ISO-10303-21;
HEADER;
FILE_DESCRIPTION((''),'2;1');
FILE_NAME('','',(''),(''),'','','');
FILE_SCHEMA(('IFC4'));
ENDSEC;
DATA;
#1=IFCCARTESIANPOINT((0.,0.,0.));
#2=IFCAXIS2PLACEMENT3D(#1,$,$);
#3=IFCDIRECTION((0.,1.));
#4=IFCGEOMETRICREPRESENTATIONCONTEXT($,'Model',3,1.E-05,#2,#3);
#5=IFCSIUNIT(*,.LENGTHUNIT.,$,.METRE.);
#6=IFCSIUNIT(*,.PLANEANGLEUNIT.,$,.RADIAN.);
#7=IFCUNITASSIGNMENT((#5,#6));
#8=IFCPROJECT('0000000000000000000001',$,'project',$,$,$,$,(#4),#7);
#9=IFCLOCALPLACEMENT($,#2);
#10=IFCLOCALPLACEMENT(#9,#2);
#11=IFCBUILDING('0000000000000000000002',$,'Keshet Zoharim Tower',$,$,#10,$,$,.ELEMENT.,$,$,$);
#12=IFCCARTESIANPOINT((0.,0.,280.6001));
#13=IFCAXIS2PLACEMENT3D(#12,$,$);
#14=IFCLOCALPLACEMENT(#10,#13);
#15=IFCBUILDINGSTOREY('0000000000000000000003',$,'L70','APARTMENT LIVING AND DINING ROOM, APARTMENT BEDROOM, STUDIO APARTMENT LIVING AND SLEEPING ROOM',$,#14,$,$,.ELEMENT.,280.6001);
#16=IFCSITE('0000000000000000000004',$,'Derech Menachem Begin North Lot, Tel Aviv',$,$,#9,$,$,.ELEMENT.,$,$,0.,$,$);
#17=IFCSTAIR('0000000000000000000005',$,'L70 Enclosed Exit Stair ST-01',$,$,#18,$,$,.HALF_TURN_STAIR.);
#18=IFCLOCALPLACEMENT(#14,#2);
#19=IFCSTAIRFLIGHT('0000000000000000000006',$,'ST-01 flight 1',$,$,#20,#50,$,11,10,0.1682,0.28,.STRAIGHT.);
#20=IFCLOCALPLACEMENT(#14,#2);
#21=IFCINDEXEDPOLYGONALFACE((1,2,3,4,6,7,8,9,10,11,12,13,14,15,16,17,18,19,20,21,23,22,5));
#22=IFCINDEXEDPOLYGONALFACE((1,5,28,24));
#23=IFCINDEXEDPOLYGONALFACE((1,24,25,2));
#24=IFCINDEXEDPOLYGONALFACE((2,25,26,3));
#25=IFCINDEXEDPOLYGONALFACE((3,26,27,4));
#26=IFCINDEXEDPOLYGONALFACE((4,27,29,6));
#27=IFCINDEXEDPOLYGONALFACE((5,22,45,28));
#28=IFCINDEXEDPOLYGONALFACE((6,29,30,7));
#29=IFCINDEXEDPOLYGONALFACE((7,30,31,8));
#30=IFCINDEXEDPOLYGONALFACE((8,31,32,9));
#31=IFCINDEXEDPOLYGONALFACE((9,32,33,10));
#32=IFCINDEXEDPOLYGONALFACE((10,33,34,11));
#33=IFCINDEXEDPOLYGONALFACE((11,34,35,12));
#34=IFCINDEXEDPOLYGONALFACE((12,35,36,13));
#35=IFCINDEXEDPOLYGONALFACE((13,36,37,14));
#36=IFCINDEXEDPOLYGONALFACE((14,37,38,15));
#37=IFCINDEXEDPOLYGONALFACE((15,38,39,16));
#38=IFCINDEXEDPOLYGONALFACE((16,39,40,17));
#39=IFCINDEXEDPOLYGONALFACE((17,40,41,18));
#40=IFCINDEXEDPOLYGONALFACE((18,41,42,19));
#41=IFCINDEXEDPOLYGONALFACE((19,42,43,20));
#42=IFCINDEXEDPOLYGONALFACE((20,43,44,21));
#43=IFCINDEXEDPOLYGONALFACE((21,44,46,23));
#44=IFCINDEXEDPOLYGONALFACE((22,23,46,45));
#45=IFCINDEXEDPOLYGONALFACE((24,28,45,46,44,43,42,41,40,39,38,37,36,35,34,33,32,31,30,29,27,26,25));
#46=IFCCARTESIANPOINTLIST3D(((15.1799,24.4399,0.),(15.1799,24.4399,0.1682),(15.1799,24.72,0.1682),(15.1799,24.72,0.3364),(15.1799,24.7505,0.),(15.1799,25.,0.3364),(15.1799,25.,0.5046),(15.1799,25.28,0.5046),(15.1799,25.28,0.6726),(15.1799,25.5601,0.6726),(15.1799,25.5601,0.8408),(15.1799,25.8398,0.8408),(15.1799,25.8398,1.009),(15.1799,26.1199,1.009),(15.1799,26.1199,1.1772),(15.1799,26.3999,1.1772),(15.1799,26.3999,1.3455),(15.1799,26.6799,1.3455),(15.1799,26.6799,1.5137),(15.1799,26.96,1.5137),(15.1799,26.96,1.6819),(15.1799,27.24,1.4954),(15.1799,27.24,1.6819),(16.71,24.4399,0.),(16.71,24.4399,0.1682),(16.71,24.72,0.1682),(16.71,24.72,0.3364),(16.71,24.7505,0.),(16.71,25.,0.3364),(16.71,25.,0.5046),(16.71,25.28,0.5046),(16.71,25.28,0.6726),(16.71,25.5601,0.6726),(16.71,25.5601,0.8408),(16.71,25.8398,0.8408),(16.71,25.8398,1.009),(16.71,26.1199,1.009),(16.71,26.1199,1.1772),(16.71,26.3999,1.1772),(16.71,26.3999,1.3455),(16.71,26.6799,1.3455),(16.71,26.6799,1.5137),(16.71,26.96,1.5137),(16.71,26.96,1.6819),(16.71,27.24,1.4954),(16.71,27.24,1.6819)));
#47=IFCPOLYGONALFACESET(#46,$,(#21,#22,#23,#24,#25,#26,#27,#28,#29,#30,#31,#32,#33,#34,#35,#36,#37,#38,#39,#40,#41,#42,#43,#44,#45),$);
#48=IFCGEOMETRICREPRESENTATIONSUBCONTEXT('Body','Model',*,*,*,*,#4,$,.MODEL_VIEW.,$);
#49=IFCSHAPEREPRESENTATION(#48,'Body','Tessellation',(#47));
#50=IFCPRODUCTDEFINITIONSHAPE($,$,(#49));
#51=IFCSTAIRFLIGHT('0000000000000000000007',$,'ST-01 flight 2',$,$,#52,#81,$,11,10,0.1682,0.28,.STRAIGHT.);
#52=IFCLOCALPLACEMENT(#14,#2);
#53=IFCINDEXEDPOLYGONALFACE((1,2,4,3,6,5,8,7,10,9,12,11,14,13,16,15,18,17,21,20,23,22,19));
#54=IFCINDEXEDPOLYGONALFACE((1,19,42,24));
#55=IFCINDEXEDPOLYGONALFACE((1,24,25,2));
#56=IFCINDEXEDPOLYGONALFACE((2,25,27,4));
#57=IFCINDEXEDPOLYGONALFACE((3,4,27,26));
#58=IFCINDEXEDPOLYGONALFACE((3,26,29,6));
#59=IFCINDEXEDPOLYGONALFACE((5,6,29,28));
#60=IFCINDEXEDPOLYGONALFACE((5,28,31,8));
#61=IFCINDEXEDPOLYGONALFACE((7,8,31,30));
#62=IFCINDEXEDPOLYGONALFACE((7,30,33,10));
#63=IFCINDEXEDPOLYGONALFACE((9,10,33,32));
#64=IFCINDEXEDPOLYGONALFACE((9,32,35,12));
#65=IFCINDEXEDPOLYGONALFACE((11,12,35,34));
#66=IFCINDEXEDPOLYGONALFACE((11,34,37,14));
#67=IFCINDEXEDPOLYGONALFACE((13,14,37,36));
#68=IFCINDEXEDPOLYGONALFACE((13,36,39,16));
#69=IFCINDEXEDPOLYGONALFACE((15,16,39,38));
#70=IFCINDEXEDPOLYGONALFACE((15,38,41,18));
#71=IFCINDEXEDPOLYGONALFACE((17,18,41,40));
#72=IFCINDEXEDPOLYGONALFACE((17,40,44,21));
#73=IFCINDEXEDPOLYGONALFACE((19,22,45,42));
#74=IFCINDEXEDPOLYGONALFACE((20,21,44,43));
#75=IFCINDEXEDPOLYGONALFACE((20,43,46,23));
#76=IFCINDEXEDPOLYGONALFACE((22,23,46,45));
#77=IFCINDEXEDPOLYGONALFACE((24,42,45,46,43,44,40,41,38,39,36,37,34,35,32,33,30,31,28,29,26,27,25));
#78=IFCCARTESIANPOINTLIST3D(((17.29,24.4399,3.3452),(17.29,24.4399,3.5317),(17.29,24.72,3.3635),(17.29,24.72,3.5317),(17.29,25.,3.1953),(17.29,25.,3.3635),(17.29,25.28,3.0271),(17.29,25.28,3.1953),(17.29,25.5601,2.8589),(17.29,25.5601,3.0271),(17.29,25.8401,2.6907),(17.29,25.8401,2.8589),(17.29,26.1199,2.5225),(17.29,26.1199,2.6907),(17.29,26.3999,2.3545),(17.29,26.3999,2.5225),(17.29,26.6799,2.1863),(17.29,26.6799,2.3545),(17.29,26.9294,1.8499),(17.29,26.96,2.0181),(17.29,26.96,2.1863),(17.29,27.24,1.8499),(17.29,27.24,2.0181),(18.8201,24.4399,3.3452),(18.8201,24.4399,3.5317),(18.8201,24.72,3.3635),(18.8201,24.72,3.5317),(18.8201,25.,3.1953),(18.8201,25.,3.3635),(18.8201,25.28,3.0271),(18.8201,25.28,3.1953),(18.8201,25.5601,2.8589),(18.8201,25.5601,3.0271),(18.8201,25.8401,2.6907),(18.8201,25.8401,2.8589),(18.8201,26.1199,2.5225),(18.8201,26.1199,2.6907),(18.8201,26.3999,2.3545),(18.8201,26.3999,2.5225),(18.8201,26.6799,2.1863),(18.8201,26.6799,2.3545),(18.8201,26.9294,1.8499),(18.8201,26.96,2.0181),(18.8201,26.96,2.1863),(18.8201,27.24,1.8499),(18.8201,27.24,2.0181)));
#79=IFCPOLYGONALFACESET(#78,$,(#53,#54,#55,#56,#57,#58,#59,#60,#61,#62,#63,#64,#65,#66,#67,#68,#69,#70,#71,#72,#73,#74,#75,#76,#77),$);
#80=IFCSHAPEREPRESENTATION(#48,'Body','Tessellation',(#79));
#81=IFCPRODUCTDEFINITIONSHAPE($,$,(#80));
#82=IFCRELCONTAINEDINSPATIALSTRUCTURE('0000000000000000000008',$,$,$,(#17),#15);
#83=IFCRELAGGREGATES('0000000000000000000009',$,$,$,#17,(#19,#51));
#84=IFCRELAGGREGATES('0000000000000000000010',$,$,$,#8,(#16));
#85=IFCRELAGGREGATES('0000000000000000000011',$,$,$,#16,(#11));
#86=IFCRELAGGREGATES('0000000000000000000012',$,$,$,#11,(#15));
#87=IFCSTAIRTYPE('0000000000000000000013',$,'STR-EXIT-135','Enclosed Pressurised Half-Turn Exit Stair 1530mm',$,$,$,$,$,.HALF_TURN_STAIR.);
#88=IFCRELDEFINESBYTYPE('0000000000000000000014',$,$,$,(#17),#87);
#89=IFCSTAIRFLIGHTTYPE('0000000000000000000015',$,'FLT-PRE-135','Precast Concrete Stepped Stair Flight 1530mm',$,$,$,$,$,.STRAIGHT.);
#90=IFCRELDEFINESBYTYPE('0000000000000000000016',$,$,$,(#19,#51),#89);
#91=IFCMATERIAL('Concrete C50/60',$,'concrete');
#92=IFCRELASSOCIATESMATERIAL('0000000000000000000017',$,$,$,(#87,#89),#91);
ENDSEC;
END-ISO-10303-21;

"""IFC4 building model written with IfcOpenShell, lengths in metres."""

from ifc_helpers import new_model, si_unit, direction, frame, origin, place, context, subcontext, project, spatial, polyline, outline, extrude, material, type_object, element, aggregate, save


model = new_model("IFC4")

# Units and contexts
model_context = context("Model", 3, precision=1e-05, world=origin(), true_north=direction((0.0, 1.0)))
body_context = subcontext(model_context, "Body", "Model", "MODEL_VIEW")
ifc_project = project(units=[si_unit("LENGTHUNIT", "METRE"), si_unit("PLANEANGLEUNIT", "RADIAN")], contexts=[model_context])

# Site, building, storey
site_placement = place(None, origin())
site = spatial("IfcSite", under=ifc_project, at=site_placement, Name="Derech Menachem Begin North Lot, Tel Aviv", CompositionType="ELEMENT", RefElevation=0.0)
building_placement = place(site_placement, origin())
building = spatial("IfcBuilding", under=site, at=building_placement, Name="Keshet Zoharim Tower", CompositionType="ELEMENT")
storey_placement = place(building_placement, frame((0.0, 0.0, 280.6001)))
storey = spatial("IfcBuildingStorey", under=building, at=storey_placement, Name="L70", Description="APARTMENT LIVING AND DINING ROOM, APARTMENT BEDROOM, STUDIO APARTMENT LIVING AND SLEEPING ROOM", CompositionType="ELEMENT", Elevation=280.6001)

# Shared definitions
ifc_material_1 = material(Name="Concrete C50/60", Category="concrete")

# Stair, stair flights
stair_type = type_object("IfcStairType", Name="STR-EXIT-135", Description="Enclosed Pressurised Half-Turn Exit Stair 1530mm", PredefinedType="HALF_TURN_STAIR", material=ifc_material_1)
stair_placement = place(storey_placement, origin())
stair = element("IfcStair", 1, at=stair_placement, inside=storey, type_object=stair_type, Name="L70 Enclosed Exit Stair ST-01", PredefinedType="HALF_TURN_STAIR")
stair_flight_type = type_object("IfcStairFlightType", Name="FLT-PRE-135", Description="Precast Concrete Stepped Stair Flight 1530mm", PredefinedType="STRAIGHT", material=ifc_material_1)
stair_flight_1_placement = place(storey_placement, frame((15.9451, 24.4399, 0.0), z_axis=(0.0, 0.0, 1.0), x_axis=(0.0, 1.0, 0.0)))
stair_flight_1 = element("IfcStairFlight", 2, at=stair_flight_1_placement, type_object=stair_flight_type, Name="ST-01 flight 1", NumberOfRisers=11, NumberOfTreads=10, PredefinedType="STRAIGHT", RiserHeight=0.1682, TreadLength=0.28, context=body_context, shape_type="SweptSolid", body=[
    extrude(outline(polyline([(0.0, 0.0), (0.0, 0.1682), (0.28, 0.1682), (0.28, 0.3364), (0.5601, 0.3364), (0.5601, 0.5046), (0.8401, 0.5046), (0.8401, 0.6726), (1.1201, 0.6726), (1.1201, 0.8408), (1.3999, 0.8408), (1.3999, 1.009), (1.6799, 1.009), (1.6799, 1.1772), (1.96, 1.1772), (1.96, 1.3455), (2.24, 1.3455), (2.24, 1.5137), (2.52, 1.5137), (2.52, 1.6819), (2.8, 1.6819), (2.8, 1.8501), (2.8, 1.4954), (0.3105, 0.0), (0.0, 0.0)])), frame((0.0, 0.7651, 0.0), z_axis=(0.0, -1.0, 0.0), x_axis=(1.0, 0.0, 0.0)), (0.0, 0.0, 1.0), 1.53),
])
stair_flight_2_placement = place(storey_placement, frame((18.0549, 27.24, 1.8499), z_axis=(0.0, 0.0, 1.0), x_axis=(0.0, -1.0, 0.0)))
stair_flight_2 = element("IfcStairFlight", 3, at=stair_flight_2_placement, type_object=stair_flight_type, Name="ST-01 flight 2", NumberOfRisers=11, NumberOfTreads=10, PredefinedType="STRAIGHT", RiserHeight=0.1682, TreadLength=0.28, context=body_context, shape_type="SweptSolid", body=[
    extrude(outline(polyline([(0.0, 0.0), (0.0, 0.1682), (0.28, 0.1682), (0.28, 0.3364), (0.5601, 0.3364), (0.5601, 0.5046), (0.8401, 0.5046), (0.8401, 0.6726), (1.1201, 0.6726), (1.1201, 0.8408), (1.3999, 0.8408), (1.3999, 1.009), (1.6799, 1.009), (1.6799, 1.1772), (1.96, 1.1772), (1.96, 1.3455), (2.24, 1.3455), (2.24, 1.5137), (2.52, 1.5137), (2.52, 1.6819), (2.8, 1.6819), (2.8, 1.8501), (2.8, 1.4954), (0.3105, 0.0), (0.0, 0.0)])), frame((0.0, 0.7651, 0.0), z_axis=(0.0, -1.0, 0.0), x_axis=(1.0, 0.0, 0.0)), (0.0, 0.0, 1.0), 1.53),
])
aggregate(stair, [stair_flight_1, stair_flight_2])

save(model, "model.ifc")
